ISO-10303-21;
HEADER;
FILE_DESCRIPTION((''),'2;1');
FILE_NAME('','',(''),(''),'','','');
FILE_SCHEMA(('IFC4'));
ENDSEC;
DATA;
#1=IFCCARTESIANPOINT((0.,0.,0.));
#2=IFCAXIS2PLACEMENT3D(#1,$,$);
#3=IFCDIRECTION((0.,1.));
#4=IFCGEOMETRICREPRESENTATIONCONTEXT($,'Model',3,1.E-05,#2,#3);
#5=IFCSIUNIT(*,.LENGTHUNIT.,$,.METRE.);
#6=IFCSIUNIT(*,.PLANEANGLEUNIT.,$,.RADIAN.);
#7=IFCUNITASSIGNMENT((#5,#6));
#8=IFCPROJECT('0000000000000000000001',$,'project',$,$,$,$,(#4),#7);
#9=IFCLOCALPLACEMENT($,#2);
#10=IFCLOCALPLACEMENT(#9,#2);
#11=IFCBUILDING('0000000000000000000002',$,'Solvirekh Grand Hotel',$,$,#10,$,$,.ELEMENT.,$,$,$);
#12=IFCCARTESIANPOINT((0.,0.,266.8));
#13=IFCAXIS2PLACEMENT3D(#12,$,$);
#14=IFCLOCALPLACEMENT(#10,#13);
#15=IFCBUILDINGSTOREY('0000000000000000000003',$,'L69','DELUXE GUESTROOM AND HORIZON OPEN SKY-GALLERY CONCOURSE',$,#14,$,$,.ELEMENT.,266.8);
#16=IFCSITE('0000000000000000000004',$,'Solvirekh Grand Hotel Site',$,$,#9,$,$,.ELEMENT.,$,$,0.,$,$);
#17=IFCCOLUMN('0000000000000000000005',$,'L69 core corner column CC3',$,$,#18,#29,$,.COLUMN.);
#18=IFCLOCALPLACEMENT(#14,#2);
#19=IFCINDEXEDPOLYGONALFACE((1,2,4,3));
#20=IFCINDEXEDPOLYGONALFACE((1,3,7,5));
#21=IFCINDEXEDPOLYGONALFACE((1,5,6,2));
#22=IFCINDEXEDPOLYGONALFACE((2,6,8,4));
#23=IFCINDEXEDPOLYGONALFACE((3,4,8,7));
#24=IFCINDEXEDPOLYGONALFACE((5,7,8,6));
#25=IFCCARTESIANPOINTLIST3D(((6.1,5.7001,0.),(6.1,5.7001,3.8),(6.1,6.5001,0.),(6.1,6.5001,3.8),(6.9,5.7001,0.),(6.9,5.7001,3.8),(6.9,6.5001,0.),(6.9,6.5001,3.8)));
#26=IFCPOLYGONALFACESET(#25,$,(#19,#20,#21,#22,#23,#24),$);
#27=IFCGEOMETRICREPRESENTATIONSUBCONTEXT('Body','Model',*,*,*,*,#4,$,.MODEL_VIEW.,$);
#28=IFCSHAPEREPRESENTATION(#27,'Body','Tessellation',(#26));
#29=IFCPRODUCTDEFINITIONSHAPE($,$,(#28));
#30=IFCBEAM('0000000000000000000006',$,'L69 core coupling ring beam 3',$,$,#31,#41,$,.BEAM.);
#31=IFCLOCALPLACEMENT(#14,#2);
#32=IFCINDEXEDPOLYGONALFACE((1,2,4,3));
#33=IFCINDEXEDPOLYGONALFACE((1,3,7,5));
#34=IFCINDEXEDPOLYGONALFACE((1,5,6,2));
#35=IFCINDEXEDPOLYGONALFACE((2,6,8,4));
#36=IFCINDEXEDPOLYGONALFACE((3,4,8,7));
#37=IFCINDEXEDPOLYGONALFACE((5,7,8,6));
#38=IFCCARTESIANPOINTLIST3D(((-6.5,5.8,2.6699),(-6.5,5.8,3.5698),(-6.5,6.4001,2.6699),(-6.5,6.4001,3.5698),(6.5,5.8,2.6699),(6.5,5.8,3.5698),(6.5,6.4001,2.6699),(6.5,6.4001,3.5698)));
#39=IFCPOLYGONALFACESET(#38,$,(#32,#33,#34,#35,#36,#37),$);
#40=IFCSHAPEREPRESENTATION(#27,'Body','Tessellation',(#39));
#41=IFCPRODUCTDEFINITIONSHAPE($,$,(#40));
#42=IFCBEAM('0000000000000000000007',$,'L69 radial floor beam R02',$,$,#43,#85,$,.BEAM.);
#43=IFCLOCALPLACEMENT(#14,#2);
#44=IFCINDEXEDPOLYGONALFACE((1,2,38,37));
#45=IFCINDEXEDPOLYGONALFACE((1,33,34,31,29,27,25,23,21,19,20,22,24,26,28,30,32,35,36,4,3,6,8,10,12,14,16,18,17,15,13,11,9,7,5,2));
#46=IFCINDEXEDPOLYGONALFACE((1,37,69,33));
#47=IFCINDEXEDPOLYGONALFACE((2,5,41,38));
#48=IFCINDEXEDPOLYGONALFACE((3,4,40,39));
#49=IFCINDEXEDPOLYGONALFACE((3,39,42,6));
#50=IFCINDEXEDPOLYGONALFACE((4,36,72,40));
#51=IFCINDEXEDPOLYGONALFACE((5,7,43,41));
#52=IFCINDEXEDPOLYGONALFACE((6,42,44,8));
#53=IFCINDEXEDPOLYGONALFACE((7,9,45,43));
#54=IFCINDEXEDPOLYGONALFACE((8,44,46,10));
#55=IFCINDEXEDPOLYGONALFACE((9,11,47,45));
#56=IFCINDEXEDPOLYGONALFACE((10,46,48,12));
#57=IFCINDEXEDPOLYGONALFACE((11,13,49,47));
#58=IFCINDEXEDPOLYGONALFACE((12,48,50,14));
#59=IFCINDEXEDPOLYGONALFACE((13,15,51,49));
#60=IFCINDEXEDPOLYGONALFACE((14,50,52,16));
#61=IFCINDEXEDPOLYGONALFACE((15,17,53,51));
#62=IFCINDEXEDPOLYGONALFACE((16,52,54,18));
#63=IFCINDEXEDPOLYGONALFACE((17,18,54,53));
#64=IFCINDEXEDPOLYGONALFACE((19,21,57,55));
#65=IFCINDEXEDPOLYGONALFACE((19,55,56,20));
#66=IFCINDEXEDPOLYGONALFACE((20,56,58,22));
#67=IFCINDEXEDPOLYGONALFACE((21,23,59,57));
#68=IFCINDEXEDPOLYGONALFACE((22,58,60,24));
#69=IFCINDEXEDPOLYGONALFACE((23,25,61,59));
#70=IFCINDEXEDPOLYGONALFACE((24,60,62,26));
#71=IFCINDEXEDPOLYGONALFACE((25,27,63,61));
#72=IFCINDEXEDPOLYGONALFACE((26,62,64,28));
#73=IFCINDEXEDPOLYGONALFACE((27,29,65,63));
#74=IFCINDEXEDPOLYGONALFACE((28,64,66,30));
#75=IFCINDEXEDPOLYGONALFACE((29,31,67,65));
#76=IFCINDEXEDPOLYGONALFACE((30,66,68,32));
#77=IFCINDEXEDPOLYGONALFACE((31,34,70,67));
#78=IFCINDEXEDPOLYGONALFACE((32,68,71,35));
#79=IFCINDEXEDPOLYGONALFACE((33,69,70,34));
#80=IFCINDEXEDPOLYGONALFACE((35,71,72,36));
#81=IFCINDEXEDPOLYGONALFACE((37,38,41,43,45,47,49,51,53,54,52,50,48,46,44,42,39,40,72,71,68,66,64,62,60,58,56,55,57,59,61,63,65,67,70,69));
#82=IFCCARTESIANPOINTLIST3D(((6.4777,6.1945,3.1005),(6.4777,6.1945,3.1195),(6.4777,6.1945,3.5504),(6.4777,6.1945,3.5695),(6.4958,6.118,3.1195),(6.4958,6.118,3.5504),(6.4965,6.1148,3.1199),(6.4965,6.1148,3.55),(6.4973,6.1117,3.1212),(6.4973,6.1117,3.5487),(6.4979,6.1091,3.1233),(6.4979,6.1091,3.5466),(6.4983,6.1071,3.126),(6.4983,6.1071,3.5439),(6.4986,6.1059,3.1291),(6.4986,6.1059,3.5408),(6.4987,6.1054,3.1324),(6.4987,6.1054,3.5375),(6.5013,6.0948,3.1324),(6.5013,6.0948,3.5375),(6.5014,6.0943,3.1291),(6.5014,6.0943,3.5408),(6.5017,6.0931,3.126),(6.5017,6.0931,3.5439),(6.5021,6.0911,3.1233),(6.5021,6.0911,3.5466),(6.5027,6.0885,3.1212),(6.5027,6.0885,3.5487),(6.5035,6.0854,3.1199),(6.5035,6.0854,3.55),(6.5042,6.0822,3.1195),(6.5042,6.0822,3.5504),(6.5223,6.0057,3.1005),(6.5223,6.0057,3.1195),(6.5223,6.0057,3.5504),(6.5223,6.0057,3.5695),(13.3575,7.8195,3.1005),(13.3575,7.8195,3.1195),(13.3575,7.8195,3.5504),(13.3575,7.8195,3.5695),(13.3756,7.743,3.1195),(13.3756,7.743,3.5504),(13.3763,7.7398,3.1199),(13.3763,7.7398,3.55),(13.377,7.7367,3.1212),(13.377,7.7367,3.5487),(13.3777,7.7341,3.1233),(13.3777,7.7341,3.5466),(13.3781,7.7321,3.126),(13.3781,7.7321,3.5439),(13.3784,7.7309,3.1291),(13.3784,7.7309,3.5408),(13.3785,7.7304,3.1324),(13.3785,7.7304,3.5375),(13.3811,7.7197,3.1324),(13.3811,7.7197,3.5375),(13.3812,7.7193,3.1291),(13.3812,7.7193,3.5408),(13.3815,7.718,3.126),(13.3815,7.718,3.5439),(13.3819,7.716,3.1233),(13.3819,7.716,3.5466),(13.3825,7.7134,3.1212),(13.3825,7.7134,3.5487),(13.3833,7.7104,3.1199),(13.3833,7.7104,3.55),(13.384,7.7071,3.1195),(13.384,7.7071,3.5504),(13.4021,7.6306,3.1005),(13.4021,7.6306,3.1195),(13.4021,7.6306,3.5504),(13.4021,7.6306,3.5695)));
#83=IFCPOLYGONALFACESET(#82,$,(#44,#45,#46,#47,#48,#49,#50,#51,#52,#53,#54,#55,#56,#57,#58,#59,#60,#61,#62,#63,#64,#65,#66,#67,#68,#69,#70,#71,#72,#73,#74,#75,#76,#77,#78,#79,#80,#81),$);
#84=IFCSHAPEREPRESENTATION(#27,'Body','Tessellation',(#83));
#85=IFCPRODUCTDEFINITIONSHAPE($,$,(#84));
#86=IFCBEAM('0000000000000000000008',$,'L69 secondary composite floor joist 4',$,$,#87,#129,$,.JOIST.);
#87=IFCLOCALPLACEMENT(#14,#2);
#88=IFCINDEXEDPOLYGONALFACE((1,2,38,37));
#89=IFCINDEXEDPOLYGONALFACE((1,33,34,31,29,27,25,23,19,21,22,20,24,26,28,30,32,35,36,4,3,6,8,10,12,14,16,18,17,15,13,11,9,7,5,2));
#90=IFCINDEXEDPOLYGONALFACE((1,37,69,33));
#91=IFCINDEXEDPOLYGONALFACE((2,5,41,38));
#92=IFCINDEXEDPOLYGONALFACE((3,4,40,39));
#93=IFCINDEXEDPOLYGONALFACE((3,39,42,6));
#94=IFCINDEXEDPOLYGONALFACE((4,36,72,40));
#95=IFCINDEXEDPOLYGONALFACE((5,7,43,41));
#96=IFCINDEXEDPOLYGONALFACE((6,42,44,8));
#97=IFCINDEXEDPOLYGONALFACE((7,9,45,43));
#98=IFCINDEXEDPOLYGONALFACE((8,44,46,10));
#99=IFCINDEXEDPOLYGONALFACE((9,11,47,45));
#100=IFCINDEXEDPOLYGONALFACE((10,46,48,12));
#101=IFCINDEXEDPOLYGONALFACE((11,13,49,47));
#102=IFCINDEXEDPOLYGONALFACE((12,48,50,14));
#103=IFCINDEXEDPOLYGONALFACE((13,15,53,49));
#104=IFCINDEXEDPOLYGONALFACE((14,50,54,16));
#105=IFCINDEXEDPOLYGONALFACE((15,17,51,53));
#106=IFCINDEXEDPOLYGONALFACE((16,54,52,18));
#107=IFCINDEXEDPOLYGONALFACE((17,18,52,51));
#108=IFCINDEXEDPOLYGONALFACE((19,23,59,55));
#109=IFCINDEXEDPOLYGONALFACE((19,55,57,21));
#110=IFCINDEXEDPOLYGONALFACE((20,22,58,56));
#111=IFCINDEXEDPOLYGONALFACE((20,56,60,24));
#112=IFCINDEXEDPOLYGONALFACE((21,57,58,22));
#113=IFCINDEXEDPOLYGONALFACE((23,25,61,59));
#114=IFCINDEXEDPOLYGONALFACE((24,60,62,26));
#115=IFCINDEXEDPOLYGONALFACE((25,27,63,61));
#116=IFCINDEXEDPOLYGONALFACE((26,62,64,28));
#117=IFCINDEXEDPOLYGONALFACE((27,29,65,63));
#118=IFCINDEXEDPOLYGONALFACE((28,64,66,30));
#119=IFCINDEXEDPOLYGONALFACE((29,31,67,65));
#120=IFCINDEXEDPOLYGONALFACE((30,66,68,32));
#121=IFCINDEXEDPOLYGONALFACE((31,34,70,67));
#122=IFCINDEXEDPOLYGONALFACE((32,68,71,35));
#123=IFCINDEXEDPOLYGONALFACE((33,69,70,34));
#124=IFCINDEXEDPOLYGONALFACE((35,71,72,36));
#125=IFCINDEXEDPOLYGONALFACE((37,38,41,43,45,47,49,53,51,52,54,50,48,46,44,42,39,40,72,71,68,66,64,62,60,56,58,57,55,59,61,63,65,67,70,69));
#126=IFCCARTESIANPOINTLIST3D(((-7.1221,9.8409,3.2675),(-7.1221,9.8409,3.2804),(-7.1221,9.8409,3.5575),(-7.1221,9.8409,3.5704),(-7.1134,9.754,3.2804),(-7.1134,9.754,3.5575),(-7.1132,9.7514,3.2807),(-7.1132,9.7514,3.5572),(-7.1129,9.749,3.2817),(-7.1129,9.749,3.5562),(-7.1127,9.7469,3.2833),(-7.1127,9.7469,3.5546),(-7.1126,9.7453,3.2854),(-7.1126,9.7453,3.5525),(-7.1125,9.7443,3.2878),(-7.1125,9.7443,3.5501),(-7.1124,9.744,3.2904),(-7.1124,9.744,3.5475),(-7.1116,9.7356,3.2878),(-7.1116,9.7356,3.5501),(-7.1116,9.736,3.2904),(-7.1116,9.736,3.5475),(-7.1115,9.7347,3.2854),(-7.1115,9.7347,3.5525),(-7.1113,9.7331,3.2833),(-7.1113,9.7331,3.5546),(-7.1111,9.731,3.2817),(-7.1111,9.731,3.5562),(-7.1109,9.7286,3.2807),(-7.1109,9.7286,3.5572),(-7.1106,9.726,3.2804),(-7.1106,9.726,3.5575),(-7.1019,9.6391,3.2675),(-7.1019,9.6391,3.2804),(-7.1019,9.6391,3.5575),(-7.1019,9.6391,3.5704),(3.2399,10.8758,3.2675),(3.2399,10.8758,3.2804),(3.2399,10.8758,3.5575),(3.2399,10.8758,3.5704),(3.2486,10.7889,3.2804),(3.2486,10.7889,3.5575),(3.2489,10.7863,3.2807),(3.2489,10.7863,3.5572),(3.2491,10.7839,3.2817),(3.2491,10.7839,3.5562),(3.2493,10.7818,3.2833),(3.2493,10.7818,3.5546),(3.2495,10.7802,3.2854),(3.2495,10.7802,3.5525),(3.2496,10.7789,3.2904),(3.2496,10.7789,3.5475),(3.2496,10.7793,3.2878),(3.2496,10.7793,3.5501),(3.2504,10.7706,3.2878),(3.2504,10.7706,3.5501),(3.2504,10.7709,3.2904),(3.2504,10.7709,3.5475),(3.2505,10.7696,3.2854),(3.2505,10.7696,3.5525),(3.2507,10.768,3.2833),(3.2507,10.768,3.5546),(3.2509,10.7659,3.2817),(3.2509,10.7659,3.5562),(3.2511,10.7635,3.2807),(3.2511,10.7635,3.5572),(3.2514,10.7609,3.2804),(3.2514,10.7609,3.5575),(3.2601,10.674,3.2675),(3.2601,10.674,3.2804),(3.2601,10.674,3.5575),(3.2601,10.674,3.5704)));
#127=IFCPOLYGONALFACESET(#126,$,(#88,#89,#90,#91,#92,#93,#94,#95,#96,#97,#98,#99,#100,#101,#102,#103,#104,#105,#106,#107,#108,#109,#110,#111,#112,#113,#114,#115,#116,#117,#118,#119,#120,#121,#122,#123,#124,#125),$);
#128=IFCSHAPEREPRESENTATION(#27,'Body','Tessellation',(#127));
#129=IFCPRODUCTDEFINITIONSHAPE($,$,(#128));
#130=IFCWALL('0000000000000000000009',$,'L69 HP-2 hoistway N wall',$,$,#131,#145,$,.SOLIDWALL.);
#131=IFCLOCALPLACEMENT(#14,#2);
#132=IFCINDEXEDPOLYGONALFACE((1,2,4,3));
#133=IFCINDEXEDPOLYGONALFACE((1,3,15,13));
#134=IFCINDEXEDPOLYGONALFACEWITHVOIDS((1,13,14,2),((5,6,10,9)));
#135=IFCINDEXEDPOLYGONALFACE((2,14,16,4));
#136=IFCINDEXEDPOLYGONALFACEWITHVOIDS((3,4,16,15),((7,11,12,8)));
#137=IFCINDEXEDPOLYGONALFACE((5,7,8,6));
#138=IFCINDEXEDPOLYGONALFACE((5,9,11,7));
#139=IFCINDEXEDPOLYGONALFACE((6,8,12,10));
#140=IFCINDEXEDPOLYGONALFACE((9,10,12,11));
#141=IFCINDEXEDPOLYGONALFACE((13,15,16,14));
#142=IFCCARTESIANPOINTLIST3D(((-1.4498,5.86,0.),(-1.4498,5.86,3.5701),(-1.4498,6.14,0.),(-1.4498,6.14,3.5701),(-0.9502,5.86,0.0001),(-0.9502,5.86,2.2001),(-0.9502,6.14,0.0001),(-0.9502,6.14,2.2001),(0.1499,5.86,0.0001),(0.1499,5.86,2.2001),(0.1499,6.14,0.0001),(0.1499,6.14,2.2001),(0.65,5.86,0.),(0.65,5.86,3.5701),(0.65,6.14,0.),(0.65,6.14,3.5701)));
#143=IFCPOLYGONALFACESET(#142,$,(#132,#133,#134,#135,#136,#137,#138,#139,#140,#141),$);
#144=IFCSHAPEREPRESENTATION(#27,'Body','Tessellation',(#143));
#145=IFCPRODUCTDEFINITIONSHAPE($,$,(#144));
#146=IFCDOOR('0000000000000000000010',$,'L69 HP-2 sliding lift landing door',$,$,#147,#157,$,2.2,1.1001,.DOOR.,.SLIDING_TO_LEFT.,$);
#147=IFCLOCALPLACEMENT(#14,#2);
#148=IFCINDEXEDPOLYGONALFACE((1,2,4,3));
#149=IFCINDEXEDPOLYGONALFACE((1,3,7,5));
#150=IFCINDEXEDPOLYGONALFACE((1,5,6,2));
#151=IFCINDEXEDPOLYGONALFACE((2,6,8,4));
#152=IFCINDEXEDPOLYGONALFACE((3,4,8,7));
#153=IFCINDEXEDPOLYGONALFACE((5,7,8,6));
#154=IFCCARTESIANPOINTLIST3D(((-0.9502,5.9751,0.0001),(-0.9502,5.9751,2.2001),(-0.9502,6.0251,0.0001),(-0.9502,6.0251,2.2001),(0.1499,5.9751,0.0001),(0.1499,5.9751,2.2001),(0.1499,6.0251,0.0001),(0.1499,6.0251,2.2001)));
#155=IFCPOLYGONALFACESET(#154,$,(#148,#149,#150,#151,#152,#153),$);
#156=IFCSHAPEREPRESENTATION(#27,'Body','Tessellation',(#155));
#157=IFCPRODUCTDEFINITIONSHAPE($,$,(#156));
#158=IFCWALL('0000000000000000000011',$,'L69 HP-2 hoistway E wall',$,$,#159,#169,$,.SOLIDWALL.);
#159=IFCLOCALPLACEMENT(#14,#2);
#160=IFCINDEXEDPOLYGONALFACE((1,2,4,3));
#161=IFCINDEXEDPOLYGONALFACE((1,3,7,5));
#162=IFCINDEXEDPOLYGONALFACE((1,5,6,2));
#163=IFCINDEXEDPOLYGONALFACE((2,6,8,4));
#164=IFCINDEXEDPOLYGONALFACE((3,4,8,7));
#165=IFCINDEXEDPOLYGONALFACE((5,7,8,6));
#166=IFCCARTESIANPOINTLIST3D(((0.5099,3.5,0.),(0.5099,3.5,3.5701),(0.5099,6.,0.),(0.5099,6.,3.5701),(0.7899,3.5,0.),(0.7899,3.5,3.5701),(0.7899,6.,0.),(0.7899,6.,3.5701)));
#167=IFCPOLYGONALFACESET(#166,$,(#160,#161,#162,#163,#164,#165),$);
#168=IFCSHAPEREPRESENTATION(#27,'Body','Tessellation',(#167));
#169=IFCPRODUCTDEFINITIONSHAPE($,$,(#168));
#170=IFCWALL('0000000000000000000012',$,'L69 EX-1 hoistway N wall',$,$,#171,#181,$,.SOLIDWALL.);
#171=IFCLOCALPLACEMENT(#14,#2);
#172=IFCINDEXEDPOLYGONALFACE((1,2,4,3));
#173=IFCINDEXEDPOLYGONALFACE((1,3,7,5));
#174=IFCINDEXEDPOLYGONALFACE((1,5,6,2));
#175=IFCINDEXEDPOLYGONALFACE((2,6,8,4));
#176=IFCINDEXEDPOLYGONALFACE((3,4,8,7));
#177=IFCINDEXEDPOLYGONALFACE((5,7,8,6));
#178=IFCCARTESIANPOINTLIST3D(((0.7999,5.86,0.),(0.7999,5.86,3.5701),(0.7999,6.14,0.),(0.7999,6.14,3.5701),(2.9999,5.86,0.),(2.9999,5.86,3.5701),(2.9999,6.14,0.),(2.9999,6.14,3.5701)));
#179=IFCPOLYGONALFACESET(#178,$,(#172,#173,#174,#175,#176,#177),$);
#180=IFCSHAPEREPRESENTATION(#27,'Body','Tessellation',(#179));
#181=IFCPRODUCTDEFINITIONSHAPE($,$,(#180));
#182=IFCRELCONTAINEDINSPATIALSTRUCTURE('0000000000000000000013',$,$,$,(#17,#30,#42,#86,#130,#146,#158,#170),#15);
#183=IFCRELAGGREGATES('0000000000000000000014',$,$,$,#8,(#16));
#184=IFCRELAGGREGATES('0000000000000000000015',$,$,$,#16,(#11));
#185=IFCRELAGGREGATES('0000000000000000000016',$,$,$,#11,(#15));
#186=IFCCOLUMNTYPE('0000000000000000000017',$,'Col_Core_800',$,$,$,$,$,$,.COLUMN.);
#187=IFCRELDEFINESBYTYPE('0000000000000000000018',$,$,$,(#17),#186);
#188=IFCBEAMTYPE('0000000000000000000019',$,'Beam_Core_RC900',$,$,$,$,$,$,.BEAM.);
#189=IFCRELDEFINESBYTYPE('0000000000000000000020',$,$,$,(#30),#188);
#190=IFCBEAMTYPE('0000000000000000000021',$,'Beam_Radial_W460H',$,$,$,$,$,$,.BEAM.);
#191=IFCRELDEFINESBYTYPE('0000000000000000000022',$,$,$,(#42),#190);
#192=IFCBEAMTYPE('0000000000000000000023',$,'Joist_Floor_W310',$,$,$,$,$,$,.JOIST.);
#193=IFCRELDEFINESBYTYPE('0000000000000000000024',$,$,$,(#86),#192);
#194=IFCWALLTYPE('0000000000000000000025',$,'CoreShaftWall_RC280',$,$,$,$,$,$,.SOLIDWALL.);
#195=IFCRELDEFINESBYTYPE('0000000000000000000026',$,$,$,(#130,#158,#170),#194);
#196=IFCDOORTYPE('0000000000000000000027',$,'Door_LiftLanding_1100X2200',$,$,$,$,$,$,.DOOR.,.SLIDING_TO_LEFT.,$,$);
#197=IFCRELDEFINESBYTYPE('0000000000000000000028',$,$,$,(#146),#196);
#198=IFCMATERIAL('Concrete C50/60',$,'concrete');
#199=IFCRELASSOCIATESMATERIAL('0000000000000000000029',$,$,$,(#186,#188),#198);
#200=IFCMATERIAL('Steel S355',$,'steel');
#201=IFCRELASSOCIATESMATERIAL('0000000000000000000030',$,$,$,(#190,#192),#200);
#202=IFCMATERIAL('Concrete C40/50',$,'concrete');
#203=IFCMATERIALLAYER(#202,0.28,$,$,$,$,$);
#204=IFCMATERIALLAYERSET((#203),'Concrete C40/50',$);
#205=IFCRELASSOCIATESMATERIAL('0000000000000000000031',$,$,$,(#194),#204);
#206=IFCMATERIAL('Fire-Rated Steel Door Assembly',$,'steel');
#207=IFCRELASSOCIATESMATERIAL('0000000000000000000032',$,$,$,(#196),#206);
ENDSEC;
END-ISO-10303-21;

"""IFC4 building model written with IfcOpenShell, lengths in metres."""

from ifc_helpers import new_model, si_unit, direction, frame, frame_2d, origin, origin_2d, place, context, subcontext, project, spatial, rectangle, i_section, extrude, material, layer, layer_set, material_profile, profile_set, type_object, element, fill, save


model = new_model("IFC4")

# Units and contexts
model_context = context("Model", 3, precision=1e-05, world=origin(), true_north=direction((0.0, 1.0)))
body_context = subcontext(model_context, "Body", "Model", "MODEL_VIEW")
ifc_project = project(units=[si_unit("LENGTHUNIT", "METRE"), si_unit("PLANEANGLEUNIT", "RADIAN")], contexts=[model_context])

# Site, building, storey
site_placement = place(None, origin())
site = spatial("IfcSite", under=ifc_project, at=site_placement, Name="Solvirekh Grand Hotel Site", CompositionType="ELEMENT", RefElevation=0.0)
building_placement = place(site_placement, origin())
building = spatial("IfcBuilding", under=site, at=building_placement, Name="Solvirekh Grand Hotel", CompositionType="ELEMENT")
storey_placement = place(building_placement, frame((0.0, 0.0, 266.8)))
storey = spatial("IfcBuildingStorey", under=building, at=storey_placement, Name="L69", Description="DELUXE GUESTROOM AND HORIZON OPEN SKY-GALLERY CONCOURSE", CompositionType="ELEMENT", Elevation=266.8)

# Column
ifc_material_1 = material(Name="Concrete C50/60", Category="concrete")
ifc_material_profile_1 = material_profile(ifc_material_1, rectangle(XDim=0.8, YDim=0.8, at=origin_2d()), Name="RC 800X800")
ifc_profile_set_1 = profile_set([ifc_material_profile_1], Name="Concrete C50/60")
column_type = type_object("IfcColumnType", Name="Col_Core_800", PredefinedType="COLUMN", material=ifc_profile_set_1)
column_placement = place(storey_placement, frame((6.5, 6.1001, 0.0), z_axis=(0.0, 0.0, 1.0), x_axis=(1.0, 0.0, 0.0)))
element("IfcColumn", 1, at=column_placement, inside=storey, type_object=column_type, Name="L69 core corner column CC3", PredefinedType="COLUMN", context=body_context, shape_type="SweptSolid", body=[
    extrude(rectangle(XDim=0.8, YDim=0.8, at=origin_2d()), origin(), (0.0, 0.0, 1.0), 3.8),
])

# Beams
ifc_material_profile_2 = material_profile(ifc_material_1, rectangle(XDim=0.6001, YDim=0.8999, at=origin_2d()), Name="RC BEAM 600X900")
ifc_profile_set_2 = profile_set([ifc_material_profile_2], Name="Concrete C50/60")
beam_type_1 = type_object("IfcBeamType", Name="Beam_Core_RC900", PredefinedType="BEAM", material=ifc_profile_set_2)
beam_1_placement = place(storey_placement, frame((6.5, 6.1001, 3.1199), z_axis=(-1.0, 0.0, 0.0), x_axis=(0.0, -1.0, 0.0)))
element("IfcBeam", 2, at=beam_1_placement, inside=storey, type_object=beam_type_1, Name="L69 core coupling ring beam 3", PredefinedType="BEAM", context=body_context, shape_type="SweptSolid", body=[
    extrude(rectangle(XDim=0.6001, YDim=0.8999, at=origin_2d()), origin(), (0.0, 0.0, 1.0), 13.0),
])
ifc_material_2 = material(Name="Steel S355", Category="steel")
ifc_material_profile_3 = material_profile(ifc_material_2, i_section(OverallWidth=0.1941, OverallDepth=0.469, WebThickness=0.011, FlangeThickness=0.019, FilletRadius=0.0129, at=origin_2d()), Name="W460X106")
ifc_profile_set_3 = profile_set([ifc_material_profile_3], Name="Steel S355")
beam_type_2 = type_object("IfcBeamType", Name="Beam_Radial_W460H", PredefinedType="BEAM", material=ifc_profile_set_3)
beam_2_placement = place(storey_placement, frame((6.5, 6.1001, 3.335), z_axis=(0.973221, 0.229871, 0.0), x_axis=(-0.229871, 0.973221, 0.0)))
element("IfcBeam", 3, at=beam_2_placement, inside=storey, type_object=beam_type_2, Name="L69 radial floor beam R02", PredefinedType="BEAM", context=body_context, shape_type="SweptSolid", body=[
    extrude(i_section(OverallWidth=0.1941, OverallDepth=0.469, WebThickness=0.011, FlangeThickness=0.019, FilletRadius=0.0129, at=origin_2d()), origin(), (0.0, 0.0, 1.0), 7.0691),
])
ifc_material_profile_4 = material_profile(ifc_material_2, i_section(OverallWidth=0.2029, OverallDepth=0.303, WebThickness=0.0081, FlangeThickness=0.0129, FilletRadius=0.01, at=origin_2d()), Name="W310X60")
ifc_profile_set_4 = profile_set([ifc_material_profile_4], Name="Steel S355")
beam_type_3 = type_object("IfcBeamType", Name="Joist_Floor_W310", PredefinedType="JOIST", material=ifc_profile_set_4)
beam_3_placement = place(storey_placement, frame((3.25, 10.7749, 3.4189), z_axis=(-0.995049, -0.099381, 0.0), x_axis=(0.099381, -0.995049, 0.0)))
element("IfcBeam", 4, at=beam_3_placement, inside=storey, type_object=beam_type_3, Name="L69 secondary composite floor joist 4", PredefinedType="JOIST", context=body_context, shape_type="SweptSolid", body=[
    extrude(i_section(OverallWidth=0.2029, OverallDepth=0.303, WebThickness=0.0081, FlangeThickness=0.0129, FilletRadius=0.01, at=origin_2d()), origin(), (0.0, 0.0, 1.0), 10.4136),
])

# Wall, opening, door
ifc_material_3 = material(Name="Concrete C40/50", Category="concrete")
ifc_layer_1 = layer(ifc_material_3, 0.28)
ifc_layer_set_1 = layer_set([ifc_layer_1], Name="Concrete C40/50")
wall_type_1 = type_object("IfcWallType", Name="CoreShaftWall_RC280", PredefinedType="SOLIDWALL", material=ifc_layer_set_1)
wall_1_placement = place(storey_placement, frame((0.6499, 6.0, 0.0), z_axis=(0.0, 0.0, 1.0), x_axis=(-1.0, 0.0, 0.0)))
wall_1 = element("IfcWall", 5, at=wall_1_placement, inside=storey, type_object=wall_type_1, Name="L69 HP-2 hoistway N wall", PredefinedType="SOLIDWALL", context=body_context, shape_type="SweptSolid", body=[
    extrude(rectangle(XDim=2.0999, YDim=0.28, at=frame_2d((1.0498, 0.0))), origin(), (0.0, 0.0, 1.0), 3.5701),
])
opening_1_placement = place(wall_1_placement, frame((0.5, 0.0, 0.0)))
opening_1 = element("IfcOpeningElement", 6, at=opening_1_placement, cuts=wall_1, PredefinedType="OPENING", context=body_context, shape_type="SweptSolid", body=[
    extrude(rectangle(XDim=1.1001, YDim=2.2, at=frame_2d((0.55, 1.1001))), frame((0.0, 0.1499, 0.0), z_axis=(0.0, -1.0, 0.0), x_axis=(1.0, 0.0, 0.0)), (0.0, 0.0, 1.0), 0.3),
])
ifc_material_4 = material(Name="Fire-Rated Steel Door Assembly", Category="steel")
door_type_1 = type_object("IfcDoorType", Name="Door_LiftLanding_1100X2200", OperationType="SLIDING_TO_LEFT", PredefinedType="DOOR", material=ifc_material_4)
door_1_placement = place(opening_1_placement, origin())
door_1 = element("IfcDoor", 7, at=door_1_placement, inside=storey, type_object=door_type_1, Name="L69 HP-2 sliding lift landing door", OperationType="SLIDING_TO_LEFT", OverallHeight=2.2, OverallWidth=1.1001, PredefinedType="DOOR", context=body_context, shape_type="SweptSolid", body=[
    extrude(rectangle(XDim=1.1001, YDim=2.2, at=frame_2d((0.55, 1.1001))), frame((0.0, 0.0249, 0.0), z_axis=(0.0, -1.0, 0.0), x_axis=(1.0, 0.0, 0.0)), (0.0, 0.0, 1.0), 0.05),
])
fill(opening_1, door_1)

# Walls
wall_2_placement = place(storey_placement, frame((0.6499, 3.5, 0.0), z_axis=(0.0, 0.0, 1.0), x_axis=(0.0, 1.0, 0.0)))
element("IfcWall", 8, at=wall_2_placement, inside=storey, type_object=wall_type_1, Name="L69 HP-2 hoistway E wall", PredefinedType="SOLIDWALL", context=body_context, shape_type="SweptSolid", body=[
    extrude(rectangle(XDim=2.5, YDim=0.28, at=frame_2d((1.25, 0.0))), origin(), (0.0, 0.0, 1.0), 3.5701),
])
wall_3_placement = place(storey_placement, frame((3.0, 6.0, 0.0), z_axis=(0.0, 0.0, 1.0), x_axis=(-1.0, 0.0, 0.0)))
element("IfcWall", 9, at=wall_3_placement, inside=storey, type_object=wall_type_1, Name="L69 EX-1 hoistway N wall", PredefinedType="SOLIDWALL", context=body_context, shape_type="SweptSolid", body=[
    extrude(rectangle(XDim=2.2, YDim=0.28, at=frame_2d((1.1001, 0.0))), origin(), (0.0, 0.0, 1.0), 3.5701),
])

save(model, "model.ifc")
